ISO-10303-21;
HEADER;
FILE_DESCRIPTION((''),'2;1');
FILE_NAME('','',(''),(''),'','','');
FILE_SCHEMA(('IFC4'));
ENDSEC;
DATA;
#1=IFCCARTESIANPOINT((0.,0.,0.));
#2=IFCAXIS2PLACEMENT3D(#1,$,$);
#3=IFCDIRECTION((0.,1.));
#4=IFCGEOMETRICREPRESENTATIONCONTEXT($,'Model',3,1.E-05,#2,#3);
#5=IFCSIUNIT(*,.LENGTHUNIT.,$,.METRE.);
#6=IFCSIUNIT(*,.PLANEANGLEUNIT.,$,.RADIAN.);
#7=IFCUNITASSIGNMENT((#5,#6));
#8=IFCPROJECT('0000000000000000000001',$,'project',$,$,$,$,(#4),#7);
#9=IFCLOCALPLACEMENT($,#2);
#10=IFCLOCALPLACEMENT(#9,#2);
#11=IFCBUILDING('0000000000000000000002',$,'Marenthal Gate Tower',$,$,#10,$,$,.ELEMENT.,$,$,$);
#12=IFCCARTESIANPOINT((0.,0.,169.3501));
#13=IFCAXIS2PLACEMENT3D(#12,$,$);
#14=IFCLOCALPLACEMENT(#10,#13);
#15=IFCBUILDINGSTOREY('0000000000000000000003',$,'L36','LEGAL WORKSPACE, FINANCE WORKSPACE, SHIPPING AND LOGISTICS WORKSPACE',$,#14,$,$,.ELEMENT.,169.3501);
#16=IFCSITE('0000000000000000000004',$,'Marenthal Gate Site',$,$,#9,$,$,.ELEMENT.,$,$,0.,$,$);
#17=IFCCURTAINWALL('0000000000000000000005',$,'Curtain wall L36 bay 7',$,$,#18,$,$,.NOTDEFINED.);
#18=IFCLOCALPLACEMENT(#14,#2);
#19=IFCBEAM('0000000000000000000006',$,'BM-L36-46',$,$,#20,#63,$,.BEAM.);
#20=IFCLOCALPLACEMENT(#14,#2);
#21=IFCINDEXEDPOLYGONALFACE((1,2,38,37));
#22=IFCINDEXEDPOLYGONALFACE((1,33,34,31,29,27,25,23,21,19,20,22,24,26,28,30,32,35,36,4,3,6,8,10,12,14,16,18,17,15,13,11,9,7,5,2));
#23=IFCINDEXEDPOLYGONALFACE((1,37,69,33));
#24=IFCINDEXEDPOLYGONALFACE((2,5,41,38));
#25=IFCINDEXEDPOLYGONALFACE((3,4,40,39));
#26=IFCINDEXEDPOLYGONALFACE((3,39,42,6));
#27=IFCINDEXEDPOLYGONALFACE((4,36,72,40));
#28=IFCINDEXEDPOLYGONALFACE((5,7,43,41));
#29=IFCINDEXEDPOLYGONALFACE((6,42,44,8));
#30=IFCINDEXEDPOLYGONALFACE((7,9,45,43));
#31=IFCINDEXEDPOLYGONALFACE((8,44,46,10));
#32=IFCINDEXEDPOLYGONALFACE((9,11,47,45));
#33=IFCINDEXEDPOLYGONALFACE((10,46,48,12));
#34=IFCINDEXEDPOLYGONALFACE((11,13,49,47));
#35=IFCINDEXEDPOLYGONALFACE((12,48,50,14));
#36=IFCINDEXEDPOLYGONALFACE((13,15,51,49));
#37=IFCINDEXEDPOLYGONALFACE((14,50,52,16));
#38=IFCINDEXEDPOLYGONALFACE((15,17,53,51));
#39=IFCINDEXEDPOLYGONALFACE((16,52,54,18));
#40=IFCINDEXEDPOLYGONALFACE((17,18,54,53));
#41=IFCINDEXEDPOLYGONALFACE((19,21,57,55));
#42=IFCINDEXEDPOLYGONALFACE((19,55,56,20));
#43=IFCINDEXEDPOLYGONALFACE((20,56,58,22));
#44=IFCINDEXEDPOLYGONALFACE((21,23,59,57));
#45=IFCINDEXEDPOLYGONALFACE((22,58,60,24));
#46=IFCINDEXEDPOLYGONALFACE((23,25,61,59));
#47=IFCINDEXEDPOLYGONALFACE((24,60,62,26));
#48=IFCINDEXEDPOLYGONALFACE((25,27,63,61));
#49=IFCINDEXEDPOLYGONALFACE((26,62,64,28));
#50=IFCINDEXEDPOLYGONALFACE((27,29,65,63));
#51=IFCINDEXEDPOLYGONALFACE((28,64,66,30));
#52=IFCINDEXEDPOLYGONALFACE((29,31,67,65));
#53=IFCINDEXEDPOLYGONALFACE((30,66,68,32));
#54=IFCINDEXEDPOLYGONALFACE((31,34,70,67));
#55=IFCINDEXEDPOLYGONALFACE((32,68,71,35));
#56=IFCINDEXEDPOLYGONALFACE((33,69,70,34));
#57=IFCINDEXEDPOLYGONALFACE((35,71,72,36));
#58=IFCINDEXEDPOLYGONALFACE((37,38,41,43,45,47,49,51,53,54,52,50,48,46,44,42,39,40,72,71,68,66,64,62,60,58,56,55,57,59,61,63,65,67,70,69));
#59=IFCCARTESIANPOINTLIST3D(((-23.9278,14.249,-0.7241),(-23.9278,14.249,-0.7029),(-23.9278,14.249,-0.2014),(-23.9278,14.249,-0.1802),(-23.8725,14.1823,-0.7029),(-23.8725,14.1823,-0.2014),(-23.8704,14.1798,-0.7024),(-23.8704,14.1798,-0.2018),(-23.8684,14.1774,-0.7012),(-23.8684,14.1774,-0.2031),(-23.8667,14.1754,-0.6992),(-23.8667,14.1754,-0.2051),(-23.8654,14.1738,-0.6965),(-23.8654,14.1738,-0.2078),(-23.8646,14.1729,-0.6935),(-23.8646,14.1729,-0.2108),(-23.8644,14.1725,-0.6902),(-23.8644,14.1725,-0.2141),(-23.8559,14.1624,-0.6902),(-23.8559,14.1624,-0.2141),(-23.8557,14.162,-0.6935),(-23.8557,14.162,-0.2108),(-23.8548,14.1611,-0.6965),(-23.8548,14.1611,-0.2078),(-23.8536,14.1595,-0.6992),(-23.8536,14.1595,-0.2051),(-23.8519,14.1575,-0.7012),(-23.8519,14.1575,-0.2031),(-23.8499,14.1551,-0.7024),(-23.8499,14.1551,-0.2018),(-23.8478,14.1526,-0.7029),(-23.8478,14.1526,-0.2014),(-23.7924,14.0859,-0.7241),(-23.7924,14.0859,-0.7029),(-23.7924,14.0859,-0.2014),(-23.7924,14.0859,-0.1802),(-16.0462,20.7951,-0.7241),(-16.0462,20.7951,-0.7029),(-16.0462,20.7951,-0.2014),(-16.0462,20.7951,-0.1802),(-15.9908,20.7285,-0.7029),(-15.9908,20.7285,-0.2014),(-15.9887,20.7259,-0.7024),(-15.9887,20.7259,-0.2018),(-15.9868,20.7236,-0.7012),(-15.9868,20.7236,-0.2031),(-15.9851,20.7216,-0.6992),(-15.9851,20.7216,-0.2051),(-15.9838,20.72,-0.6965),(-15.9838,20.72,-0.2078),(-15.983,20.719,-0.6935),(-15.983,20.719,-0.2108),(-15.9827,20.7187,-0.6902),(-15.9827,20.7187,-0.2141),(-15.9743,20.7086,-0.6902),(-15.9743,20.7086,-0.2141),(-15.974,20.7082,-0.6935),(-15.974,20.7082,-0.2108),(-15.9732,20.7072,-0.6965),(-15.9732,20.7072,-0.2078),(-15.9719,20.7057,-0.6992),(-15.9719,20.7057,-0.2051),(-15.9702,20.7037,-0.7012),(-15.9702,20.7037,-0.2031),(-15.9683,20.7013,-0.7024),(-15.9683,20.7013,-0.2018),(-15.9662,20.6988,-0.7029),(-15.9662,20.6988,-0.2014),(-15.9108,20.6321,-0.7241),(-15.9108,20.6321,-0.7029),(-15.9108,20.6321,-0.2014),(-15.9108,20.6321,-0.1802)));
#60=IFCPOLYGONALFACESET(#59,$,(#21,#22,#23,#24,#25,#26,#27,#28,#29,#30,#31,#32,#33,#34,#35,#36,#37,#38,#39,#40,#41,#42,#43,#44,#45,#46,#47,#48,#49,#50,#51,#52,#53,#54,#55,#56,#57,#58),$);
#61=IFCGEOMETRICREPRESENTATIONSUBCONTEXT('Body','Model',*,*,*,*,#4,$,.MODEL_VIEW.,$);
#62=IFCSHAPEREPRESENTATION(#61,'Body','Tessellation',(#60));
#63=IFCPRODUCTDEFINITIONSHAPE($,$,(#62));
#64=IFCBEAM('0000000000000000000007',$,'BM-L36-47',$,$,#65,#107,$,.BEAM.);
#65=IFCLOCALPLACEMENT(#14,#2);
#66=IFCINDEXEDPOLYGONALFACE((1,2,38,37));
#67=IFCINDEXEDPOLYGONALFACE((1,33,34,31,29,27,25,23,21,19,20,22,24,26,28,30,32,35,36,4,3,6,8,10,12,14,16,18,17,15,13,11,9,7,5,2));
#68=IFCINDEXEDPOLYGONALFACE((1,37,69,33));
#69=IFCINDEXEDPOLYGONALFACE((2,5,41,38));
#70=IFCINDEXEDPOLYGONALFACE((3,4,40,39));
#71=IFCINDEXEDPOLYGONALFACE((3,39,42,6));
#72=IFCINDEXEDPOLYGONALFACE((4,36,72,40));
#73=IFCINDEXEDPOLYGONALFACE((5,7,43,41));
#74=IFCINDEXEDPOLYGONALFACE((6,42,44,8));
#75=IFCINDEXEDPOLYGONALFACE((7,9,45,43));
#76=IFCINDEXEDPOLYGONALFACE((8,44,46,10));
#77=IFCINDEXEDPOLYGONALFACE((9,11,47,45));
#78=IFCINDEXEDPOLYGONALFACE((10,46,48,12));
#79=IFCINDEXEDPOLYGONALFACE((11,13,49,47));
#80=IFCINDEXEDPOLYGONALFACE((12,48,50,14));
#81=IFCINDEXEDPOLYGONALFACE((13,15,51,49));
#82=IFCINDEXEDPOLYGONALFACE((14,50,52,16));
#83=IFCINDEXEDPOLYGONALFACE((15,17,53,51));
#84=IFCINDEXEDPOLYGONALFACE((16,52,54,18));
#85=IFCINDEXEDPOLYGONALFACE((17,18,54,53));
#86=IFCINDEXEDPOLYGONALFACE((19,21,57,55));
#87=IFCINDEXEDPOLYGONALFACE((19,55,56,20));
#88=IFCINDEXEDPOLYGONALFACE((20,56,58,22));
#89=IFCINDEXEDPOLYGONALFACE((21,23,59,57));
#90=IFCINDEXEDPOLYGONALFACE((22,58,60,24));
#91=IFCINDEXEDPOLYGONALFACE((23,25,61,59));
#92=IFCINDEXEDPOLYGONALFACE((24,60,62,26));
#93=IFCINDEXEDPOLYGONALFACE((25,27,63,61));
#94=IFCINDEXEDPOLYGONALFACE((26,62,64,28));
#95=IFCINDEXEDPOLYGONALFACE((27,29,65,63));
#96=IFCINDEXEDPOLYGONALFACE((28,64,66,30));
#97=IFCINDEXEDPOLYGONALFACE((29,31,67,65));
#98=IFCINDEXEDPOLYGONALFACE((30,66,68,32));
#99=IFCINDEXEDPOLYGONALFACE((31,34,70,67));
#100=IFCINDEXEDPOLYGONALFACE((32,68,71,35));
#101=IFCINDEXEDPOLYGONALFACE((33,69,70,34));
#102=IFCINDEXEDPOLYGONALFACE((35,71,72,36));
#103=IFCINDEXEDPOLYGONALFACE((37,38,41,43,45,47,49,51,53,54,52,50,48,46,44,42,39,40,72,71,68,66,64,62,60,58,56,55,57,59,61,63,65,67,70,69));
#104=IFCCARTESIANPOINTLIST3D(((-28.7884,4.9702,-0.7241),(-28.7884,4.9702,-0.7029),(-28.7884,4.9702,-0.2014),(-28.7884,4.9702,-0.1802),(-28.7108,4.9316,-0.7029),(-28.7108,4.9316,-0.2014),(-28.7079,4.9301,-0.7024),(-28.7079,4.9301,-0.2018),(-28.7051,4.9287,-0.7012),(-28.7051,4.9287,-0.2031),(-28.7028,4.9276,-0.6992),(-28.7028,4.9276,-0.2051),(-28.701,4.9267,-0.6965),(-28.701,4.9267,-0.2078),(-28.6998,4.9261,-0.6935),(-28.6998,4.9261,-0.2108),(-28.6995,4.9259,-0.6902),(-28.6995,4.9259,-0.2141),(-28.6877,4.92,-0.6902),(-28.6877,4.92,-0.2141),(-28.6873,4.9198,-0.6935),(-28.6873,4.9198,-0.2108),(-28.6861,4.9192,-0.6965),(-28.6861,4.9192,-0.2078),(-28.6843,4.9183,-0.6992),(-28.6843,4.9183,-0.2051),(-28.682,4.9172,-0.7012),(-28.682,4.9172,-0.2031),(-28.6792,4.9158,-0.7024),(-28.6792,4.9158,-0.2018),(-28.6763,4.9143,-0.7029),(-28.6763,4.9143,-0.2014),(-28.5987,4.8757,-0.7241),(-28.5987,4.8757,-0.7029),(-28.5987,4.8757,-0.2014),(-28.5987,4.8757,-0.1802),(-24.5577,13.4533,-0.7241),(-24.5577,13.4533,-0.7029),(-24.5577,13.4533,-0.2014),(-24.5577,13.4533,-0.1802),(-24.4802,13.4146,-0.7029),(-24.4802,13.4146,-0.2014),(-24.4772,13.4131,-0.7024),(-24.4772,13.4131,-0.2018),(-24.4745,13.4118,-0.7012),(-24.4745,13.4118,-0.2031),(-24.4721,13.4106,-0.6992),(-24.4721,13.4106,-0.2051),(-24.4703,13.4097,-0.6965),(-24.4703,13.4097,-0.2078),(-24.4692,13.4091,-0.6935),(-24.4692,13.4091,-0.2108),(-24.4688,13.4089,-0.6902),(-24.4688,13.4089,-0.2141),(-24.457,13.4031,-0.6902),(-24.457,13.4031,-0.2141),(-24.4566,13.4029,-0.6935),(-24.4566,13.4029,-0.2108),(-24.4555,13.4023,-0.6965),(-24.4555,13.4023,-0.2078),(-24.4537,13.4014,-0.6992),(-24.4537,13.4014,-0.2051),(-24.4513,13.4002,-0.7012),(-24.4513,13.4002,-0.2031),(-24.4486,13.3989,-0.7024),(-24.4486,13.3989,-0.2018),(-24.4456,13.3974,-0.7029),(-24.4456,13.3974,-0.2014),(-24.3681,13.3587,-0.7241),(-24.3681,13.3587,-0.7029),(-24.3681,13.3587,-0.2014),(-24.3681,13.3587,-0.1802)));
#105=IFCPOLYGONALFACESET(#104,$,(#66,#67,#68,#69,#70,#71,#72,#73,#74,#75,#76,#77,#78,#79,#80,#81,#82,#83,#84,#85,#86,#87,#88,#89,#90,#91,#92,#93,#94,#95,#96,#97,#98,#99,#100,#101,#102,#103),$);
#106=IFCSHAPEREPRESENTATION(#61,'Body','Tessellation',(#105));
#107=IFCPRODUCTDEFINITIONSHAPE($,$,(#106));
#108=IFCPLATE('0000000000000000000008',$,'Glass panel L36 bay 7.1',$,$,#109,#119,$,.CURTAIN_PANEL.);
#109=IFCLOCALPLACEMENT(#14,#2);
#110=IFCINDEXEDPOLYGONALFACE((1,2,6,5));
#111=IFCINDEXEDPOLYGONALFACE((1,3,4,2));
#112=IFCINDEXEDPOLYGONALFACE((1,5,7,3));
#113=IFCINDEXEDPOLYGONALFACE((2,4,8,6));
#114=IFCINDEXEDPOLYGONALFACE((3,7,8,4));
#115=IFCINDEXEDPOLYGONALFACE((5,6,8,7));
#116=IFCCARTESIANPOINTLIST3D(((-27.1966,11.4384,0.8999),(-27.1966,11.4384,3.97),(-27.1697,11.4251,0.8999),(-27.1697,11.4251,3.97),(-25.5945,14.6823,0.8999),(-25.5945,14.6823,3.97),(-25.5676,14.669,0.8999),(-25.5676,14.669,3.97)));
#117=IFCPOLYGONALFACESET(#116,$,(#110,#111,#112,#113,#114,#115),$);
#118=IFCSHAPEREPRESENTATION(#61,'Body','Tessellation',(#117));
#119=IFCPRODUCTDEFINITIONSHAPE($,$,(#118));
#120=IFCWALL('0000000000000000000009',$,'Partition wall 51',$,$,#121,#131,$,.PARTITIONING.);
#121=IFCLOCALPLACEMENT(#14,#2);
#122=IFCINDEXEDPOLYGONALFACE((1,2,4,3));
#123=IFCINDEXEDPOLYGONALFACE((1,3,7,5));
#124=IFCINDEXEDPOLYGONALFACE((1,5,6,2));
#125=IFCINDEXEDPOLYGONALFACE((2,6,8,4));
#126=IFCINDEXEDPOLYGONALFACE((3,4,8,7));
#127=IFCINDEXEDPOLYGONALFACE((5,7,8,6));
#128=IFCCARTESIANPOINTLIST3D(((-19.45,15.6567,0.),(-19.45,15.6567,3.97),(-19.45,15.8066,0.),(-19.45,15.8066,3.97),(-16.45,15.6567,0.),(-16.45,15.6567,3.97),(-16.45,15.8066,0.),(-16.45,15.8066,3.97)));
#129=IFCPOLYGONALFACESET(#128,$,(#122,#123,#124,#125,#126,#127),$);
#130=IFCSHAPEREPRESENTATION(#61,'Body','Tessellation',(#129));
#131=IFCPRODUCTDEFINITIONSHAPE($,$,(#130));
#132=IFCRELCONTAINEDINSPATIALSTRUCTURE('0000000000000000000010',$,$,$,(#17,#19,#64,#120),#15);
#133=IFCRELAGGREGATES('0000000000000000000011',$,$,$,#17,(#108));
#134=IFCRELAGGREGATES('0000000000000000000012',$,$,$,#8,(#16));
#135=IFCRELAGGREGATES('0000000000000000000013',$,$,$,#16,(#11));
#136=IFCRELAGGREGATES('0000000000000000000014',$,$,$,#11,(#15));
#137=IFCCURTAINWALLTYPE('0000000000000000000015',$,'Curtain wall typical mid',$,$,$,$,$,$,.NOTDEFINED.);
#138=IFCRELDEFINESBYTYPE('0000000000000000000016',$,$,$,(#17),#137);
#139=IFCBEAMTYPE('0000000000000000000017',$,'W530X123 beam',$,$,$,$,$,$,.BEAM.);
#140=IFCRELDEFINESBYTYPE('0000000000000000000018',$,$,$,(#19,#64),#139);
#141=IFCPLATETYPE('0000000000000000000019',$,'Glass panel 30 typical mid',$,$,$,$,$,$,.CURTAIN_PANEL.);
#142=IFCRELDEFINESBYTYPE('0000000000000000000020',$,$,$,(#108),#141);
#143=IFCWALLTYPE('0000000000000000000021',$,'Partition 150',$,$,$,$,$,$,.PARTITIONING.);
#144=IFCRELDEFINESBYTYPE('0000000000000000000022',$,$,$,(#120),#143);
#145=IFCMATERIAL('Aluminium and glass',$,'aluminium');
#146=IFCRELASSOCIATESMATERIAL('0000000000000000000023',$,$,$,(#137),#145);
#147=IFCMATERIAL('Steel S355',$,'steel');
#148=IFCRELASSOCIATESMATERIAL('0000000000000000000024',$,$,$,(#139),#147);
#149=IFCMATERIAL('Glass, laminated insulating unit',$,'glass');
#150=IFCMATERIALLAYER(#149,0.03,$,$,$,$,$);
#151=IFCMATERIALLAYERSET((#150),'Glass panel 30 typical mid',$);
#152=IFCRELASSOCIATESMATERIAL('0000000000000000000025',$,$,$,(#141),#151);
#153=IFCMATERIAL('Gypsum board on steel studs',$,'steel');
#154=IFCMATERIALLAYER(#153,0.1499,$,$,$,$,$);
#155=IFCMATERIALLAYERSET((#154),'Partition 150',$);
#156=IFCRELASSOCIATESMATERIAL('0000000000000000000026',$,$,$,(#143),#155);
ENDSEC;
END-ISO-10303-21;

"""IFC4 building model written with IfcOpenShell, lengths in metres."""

from ifc_helpers import new_model, si_unit, direction, frame, frame_2d, origin, origin_2d, place, context, subcontext, project, spatial, rectangle, i_section, extrude, material, layer, layer_set, material_profile, profile_set, type_object, element, aggregate, save


model = new_model("IFC4")

# Units and contexts
model_context = context("Model", 3, precision=1e-05, world=origin(), true_north=direction((0.0, 1.0)))
body_context = subcontext(model_context, "Body", "Model", "MODEL_VIEW")
ifc_project = project(units=[si_unit("LENGTHUNIT", "METRE"), si_unit("PLANEANGLEUNIT", "RADIAN")], contexts=[model_context])

# Site, building, storey
site_placement = place(None, origin())
site = spatial("IfcSite", under=ifc_project, at=site_placement, Name="Marenthal Gate Site", CompositionType="ELEMENT", RefElevation=0.0)
building_placement = place(site_placement, origin())
building = spatial("IfcBuilding", under=site, at=building_placement, Name="Marenthal Gate Tower", CompositionType="ELEMENT")
storey_placement = place(building_placement, frame((0.0, 0.0, 169.3501)))
storey = spatial("IfcBuildingStorey", under=building, at=storey_placement, Name="L36", Description="LEGAL WORKSPACE, FINANCE WORKSPACE, SHIPPING AND LOGISTICS WORKSPACE", CompositionType="ELEMENT", Elevation=169.3501)

# Shared definitions
ifc_material_1 = material(Name="Aluminium and glass", Category="aluminium")
curtain_wall_type = type_object("IfcCurtainWallType", Name="Curtain wall typical mid", PredefinedType="NOTDEFINED", material=ifc_material_1)

# Curtain wall
curtain_wall_1_placement = place(storey_placement, origin())
curtain_wall_1 = element("IfcCurtainWall", 1, at=curtain_wall_1_placement, inside=storey, type_object=curtain_wall_type, Name="Curtain wall L36 bay 7", PredefinedType="NOTDEFINED")

# Beams
ifc_material_2 = material(Name="Steel S355", Category="steel")
ifc_material_profile_1 = material_profile(ifc_material_2, i_section(OverallWidth=0.2119, OverallDepth=0.5439, WebThickness=0.0132, FlangeThickness=0.0212, FilletRadius=0.0127, at=origin_2d()), Name="W530X123")
ifc_profile_set_1 = profile_set([ifc_material_profile_1], Name="Steel S355")
beam_type_1 = type_object("IfcBeamType", Name="W530X123 beam", PredefinedType="BEAM", material=ifc_profile_set_1)
beam_1_placement = place(storey_placement, frame((-15.9785, 20.7136, -0.4521), z_axis=(-0.769269, -0.638925, 0.0), x_axis=(0.638925, -0.769269, 0.0)))
element("IfcBeam", 2, at=beam_1_placement, inside=storey, type_object=beam_type_1, Name="BM-L36-46", PredefinedType="BEAM", context=body_context, shape_type="SweptSolid", body=[
    extrude(i_section(OverallWidth=0.2119, OverallDepth=0.5439, WebThickness=0.0132, FlangeThickness=0.0212, FilletRadius=0.0127, at=origin_2d()), origin(), (0.0, 0.0, 1.0), 10.2456),
])
beam_2_placement = place(storey_placement, frame((-24.4629, 13.406, -0.4521), z_axis=(-0.446297, -0.894885, 0.0), x_axis=(0.894885, -0.446297, 0.0)))
element("IfcBeam", 3, at=beam_2_placement, inside=storey, type_object=beam_type_1, Name="BM-L36-47", PredefinedType="BEAM", context=body_context, shape_type="SweptSolid", body=[
    extrude(i_section(OverallWidth=0.2119, OverallDepth=0.5439, WebThickness=0.0132, FlangeThickness=0.0212, FilletRadius=0.0127, at=origin_2d()), origin(), (0.0, 0.0, 1.0), 9.4795),
])

# Plate
ifc_material_3 = material(Name="Glass, laminated insulating unit", Category="glass")
ifc_layer_1 = layer(ifc_material_3, 0.03)
ifc_layer_set_1 = layer_set([ifc_layer_1], Name="Glass panel 30 typical mid")
plate_type = type_object("IfcPlateType", Name="Glass panel 30 typical mid", PredefinedType="CURTAIN_PANEL", material=ifc_layer_set_1)
plate_placement = place(storey_placement, frame((-26.3821, 13.0537, 0.8999), z_axis=(0.0, 0.0, 1.0), x_axis=(-0.442824, -0.896609, 0.0)))
plate = element("IfcPlate", 4, at=plate_placement, type_object=plate_type, Name="Glass panel L36 bay 7.1", PredefinedType="CURTAIN_PANEL", context=body_context, shape_type="SweptSolid", body=[
    extrude(rectangle(XDim=3.6179, YDim=0.03, at=origin_2d()), origin(), (0.0, 0.0, 1.0), 3.0701),
])
aggregate(curtain_wall_1, [plate])

# Wall
ifc_material_4 = material(Name="Gypsum board on steel studs", Category="steel")
ifc_layer_2 = layer(ifc_material_4, 0.1499)
ifc_layer_set_2 = layer_set([ifc_layer_2], Name="Partition 150")
wall_type_1 = type_object("IfcWallType", Name="Partition 150", PredefinedType="PARTITIONING", material=ifc_layer_set_2)
wall_1_placement = place(storey_placement, frame((-19.45, 15.7317, 0.0), z_axis=(0.0, 0.0, 1.0), x_axis=(1.0, 0.0, 0.0)))
element("IfcWall", 5, at=wall_1_placement, inside=storey, type_object=wall_type_1, Name="Partition wall 51", PredefinedType="PARTITIONING", context=body_context, shape_type="SweptSolid", body=[
    extrude(rectangle(XDim=3.0, YDim=0.1499, at=frame_2d((1.5, 0.0))), origin(), (0.0, 0.0, 1.0), 3.97),
])

save(model, "model.ifc")
